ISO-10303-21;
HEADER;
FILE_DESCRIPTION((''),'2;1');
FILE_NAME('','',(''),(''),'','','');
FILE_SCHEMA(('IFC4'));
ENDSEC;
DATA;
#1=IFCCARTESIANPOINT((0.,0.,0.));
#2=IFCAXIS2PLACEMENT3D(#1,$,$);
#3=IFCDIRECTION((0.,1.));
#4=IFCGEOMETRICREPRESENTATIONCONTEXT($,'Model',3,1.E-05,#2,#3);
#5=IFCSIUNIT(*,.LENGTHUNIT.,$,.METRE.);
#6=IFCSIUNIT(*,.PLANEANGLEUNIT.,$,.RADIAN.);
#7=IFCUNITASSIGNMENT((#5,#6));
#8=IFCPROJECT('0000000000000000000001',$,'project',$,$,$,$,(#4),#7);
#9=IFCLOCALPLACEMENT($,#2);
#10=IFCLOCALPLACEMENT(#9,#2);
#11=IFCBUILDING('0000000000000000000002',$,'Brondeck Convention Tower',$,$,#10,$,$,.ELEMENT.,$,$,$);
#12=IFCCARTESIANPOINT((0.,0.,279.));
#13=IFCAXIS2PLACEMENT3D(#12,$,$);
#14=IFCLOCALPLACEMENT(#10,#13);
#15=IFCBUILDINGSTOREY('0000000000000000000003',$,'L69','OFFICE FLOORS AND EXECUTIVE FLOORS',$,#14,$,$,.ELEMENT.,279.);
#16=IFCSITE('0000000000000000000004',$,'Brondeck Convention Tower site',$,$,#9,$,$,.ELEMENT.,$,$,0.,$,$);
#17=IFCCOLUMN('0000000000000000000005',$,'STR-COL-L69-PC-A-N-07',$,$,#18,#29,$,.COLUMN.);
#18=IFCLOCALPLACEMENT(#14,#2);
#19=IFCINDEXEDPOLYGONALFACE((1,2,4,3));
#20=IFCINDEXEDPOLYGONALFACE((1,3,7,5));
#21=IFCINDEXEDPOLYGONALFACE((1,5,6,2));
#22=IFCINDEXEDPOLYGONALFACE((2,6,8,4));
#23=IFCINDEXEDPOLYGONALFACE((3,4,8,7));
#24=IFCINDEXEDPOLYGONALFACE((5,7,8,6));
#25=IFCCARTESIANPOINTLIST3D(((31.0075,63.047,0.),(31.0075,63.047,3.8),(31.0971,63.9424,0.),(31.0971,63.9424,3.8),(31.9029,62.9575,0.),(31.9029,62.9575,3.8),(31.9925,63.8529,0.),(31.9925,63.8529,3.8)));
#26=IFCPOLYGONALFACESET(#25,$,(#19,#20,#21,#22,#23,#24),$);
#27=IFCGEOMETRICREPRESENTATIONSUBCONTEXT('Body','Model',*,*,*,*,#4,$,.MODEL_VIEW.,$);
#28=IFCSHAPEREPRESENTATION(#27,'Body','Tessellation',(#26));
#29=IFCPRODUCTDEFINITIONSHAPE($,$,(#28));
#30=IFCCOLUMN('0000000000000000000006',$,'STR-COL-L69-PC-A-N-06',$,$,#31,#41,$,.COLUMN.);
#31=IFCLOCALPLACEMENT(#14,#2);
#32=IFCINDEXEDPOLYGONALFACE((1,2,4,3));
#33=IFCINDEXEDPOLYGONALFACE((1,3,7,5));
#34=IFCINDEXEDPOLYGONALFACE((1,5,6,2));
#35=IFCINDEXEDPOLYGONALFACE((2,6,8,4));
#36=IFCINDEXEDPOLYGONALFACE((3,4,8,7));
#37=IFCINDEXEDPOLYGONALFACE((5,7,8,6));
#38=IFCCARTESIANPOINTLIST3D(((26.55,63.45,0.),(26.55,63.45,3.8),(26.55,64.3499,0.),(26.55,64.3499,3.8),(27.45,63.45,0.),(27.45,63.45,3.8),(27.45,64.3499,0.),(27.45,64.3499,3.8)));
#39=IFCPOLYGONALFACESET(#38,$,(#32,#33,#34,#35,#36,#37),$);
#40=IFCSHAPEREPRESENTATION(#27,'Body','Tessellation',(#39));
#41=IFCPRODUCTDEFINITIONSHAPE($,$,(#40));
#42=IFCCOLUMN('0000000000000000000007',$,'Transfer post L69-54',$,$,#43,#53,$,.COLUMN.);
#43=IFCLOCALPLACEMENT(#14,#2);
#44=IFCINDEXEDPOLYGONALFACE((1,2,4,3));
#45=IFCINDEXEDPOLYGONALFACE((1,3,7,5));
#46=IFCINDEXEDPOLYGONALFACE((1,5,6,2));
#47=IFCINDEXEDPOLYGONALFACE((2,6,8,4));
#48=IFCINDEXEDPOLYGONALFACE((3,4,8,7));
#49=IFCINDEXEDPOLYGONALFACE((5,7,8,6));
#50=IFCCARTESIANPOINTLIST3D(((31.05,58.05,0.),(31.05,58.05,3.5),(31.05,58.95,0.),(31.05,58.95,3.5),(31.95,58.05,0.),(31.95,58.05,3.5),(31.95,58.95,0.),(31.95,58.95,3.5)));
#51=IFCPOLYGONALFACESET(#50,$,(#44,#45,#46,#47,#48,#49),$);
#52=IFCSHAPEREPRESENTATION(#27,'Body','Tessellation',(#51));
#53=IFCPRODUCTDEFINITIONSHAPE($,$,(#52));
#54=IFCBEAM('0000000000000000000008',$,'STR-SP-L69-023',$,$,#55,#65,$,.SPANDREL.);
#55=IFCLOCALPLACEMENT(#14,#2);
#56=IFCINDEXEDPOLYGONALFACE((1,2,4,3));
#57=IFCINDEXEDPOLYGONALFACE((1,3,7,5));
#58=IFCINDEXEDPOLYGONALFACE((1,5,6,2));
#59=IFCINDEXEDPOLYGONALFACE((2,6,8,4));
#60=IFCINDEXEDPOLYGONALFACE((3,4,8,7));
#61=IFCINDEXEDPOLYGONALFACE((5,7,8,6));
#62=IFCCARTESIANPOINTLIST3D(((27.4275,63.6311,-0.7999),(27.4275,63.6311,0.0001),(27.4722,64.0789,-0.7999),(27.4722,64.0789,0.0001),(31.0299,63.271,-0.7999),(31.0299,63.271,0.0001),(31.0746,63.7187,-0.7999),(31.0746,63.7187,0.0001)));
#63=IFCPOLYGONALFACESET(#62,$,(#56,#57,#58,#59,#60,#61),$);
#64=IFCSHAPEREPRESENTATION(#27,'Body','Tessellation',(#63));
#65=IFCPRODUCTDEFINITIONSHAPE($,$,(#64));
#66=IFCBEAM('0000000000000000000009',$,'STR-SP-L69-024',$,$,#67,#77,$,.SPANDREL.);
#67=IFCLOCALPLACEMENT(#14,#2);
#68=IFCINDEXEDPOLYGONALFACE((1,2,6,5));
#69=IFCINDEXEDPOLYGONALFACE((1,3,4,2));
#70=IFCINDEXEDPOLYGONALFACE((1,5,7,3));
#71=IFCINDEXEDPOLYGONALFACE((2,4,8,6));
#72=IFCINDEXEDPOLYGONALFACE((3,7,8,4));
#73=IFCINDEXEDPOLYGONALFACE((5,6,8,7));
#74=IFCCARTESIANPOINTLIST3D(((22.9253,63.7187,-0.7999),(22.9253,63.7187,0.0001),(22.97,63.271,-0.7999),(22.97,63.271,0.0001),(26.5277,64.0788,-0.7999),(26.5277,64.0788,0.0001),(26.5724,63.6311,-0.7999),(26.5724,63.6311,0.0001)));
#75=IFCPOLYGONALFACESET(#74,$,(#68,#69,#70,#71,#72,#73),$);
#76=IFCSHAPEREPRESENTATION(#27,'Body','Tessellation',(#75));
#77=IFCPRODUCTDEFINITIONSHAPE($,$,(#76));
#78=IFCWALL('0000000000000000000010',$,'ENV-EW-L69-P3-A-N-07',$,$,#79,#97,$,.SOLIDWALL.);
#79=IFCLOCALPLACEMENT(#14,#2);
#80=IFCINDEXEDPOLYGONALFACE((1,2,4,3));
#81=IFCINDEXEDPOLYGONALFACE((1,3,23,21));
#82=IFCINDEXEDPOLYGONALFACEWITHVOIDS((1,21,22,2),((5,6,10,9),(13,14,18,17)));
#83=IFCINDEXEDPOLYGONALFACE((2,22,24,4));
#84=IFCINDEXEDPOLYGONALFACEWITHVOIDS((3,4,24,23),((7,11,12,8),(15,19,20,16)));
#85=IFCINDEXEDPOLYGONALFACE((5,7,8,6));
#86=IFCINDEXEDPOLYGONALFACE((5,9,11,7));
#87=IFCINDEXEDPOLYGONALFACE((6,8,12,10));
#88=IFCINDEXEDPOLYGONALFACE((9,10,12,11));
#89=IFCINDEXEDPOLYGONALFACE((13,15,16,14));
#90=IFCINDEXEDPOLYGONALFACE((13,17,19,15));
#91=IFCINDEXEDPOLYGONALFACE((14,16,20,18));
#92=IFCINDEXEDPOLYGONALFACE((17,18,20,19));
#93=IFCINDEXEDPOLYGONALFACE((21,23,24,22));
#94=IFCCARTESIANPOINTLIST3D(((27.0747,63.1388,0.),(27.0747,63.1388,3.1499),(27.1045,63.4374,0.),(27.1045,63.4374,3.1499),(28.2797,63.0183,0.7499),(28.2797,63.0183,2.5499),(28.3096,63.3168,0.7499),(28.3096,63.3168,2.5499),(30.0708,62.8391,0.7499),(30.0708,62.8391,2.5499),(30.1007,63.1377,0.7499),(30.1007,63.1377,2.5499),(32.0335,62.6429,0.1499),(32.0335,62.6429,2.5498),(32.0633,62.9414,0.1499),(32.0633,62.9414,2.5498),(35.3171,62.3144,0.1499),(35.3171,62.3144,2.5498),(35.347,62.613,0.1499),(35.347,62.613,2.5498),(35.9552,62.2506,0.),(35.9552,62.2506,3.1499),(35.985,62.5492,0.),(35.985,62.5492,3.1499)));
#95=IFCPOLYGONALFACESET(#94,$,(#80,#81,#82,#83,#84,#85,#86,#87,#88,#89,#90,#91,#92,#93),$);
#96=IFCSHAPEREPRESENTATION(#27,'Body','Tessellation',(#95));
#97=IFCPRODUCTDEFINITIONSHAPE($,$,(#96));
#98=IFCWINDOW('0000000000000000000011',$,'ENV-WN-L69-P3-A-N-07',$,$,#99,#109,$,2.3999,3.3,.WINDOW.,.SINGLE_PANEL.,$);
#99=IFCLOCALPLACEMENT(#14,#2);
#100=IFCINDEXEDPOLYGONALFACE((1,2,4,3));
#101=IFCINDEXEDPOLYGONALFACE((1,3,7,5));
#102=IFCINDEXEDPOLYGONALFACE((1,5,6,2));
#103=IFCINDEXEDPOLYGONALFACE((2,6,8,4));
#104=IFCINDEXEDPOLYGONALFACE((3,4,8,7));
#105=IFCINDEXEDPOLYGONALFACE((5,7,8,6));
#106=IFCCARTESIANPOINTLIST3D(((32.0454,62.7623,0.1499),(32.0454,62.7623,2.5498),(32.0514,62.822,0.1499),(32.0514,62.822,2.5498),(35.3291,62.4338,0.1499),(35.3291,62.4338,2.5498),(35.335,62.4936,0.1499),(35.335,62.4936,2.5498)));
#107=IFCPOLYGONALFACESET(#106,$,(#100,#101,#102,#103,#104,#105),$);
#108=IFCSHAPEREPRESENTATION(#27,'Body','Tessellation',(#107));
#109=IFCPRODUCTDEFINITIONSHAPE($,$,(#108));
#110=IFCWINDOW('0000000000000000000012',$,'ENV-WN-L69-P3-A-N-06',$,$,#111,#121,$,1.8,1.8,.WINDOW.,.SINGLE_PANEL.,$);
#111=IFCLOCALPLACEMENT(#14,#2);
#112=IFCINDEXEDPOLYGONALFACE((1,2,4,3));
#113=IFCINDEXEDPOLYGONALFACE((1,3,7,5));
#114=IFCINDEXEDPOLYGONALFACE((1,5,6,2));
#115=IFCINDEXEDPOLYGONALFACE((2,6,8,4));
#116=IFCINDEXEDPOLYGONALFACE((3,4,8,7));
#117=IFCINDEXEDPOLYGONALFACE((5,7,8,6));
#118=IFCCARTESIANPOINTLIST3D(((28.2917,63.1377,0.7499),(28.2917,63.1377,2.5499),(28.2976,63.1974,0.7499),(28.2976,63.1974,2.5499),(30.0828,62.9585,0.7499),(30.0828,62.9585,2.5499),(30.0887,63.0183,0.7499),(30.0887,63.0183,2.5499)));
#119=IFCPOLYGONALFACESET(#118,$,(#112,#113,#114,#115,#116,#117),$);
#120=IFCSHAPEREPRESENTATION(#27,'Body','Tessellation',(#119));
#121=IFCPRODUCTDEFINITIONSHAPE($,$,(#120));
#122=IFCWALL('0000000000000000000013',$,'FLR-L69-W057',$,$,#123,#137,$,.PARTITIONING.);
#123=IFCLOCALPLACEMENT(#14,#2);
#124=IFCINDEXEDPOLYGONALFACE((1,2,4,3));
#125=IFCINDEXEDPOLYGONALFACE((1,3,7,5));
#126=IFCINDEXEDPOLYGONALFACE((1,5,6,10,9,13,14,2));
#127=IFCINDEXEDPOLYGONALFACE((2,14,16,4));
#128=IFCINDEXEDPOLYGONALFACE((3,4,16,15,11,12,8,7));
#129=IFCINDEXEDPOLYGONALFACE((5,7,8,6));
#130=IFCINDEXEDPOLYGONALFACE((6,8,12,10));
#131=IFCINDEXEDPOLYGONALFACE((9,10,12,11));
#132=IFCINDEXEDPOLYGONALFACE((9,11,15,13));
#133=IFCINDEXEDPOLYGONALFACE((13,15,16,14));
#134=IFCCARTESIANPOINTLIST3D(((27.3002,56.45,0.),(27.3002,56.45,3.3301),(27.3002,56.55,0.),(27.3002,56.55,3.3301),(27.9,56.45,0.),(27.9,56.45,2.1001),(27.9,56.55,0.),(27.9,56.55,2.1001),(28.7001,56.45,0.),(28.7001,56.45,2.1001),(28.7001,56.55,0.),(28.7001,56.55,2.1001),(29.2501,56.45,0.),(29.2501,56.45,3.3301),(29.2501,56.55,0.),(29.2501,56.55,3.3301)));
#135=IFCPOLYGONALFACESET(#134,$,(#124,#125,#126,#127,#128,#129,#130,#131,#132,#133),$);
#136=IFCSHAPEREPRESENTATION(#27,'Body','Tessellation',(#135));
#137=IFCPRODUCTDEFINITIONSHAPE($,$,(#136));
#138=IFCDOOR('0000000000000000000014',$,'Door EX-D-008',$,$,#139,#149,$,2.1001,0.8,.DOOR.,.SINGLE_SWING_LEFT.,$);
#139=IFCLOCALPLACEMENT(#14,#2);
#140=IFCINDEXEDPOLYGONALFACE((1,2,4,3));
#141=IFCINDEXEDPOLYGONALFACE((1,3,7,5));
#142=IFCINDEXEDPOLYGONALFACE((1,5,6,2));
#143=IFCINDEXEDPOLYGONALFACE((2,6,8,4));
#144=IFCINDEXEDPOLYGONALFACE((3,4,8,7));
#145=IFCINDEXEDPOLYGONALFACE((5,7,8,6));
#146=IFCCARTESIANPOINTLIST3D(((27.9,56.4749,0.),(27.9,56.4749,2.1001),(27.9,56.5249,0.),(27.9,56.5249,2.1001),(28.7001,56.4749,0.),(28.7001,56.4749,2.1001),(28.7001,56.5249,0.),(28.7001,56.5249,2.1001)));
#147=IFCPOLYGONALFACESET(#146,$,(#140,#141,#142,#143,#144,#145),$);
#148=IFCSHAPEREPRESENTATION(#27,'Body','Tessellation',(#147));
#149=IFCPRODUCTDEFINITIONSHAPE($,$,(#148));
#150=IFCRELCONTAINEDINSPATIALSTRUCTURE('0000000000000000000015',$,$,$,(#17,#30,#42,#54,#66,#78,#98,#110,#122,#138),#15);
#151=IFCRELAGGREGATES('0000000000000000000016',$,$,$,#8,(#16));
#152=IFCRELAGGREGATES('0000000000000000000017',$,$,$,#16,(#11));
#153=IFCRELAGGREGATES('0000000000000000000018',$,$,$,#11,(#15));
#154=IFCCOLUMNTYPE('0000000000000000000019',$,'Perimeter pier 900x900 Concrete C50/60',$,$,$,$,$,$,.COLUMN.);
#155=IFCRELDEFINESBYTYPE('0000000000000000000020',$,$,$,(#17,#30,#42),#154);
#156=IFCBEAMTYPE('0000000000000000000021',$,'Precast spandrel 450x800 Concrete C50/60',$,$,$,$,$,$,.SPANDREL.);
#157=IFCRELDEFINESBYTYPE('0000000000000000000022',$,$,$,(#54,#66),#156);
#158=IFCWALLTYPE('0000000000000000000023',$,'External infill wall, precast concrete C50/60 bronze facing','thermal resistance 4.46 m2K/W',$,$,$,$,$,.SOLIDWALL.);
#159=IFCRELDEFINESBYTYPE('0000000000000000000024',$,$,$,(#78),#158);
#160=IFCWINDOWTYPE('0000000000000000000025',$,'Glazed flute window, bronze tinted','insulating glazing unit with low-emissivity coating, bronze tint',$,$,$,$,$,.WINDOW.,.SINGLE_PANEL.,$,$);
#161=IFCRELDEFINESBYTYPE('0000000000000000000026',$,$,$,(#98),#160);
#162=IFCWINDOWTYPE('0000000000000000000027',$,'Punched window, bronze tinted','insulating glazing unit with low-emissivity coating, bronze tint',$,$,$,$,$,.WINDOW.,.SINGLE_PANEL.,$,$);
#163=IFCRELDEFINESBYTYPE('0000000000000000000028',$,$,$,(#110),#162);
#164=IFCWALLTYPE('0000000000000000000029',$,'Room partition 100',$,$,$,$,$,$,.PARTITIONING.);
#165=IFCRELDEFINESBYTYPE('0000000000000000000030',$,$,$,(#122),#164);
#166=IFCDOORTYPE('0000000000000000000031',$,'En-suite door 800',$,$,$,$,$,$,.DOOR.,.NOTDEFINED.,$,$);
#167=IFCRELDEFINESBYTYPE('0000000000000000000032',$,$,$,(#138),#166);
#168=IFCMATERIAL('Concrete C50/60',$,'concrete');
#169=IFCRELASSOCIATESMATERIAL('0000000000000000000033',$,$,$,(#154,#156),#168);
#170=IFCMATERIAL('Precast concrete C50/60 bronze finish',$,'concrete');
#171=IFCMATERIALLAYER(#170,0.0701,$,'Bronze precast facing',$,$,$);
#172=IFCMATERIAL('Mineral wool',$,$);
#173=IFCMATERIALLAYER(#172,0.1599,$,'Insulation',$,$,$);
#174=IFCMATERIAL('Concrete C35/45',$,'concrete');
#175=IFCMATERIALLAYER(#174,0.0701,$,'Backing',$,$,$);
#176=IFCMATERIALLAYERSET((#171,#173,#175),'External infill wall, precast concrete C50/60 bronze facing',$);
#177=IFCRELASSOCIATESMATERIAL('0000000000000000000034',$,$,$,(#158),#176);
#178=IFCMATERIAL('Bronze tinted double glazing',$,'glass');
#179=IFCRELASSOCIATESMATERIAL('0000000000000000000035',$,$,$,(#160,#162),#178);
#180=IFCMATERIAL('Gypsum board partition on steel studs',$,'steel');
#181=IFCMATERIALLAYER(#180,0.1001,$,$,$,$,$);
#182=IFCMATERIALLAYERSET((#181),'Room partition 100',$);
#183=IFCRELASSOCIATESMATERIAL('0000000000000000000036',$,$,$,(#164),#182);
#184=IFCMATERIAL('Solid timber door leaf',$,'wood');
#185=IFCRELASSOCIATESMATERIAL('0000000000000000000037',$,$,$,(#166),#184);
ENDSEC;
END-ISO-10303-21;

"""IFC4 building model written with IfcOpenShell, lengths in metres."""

from ifc_helpers import new_model, si_unit, direction, frame, frame_2d, origin, origin_2d, place, context, subcontext, project, spatial, rectangle, extrude, material, layer, layer_set, material_profile, profile_set, type_object, element, fill, save


model = new_model("IFC4")

# Units and contexts
model_context = context("Model", 3, precision=1e-05, world=origin(), true_north=direction((0.0, 1.0)))
body_context = subcontext(model_context, "Body", "Model", "MODEL_VIEW")
ifc_project = project(units=[si_unit("LENGTHUNIT", "METRE"), si_unit("PLANEANGLEUNIT", "RADIAN")], contexts=[model_context])

# Site, building, storey
site_placement = place(None, origin())
site = spatial("IfcSite", under=ifc_project, at=site_placement, Name="Brondeck Convention Tower site", CompositionType="ELEMENT", RefElevation=0.0)
building_placement = place(site_placement, origin())
building = spatial("IfcBuilding", under=site, at=building_placement, Name="Brondeck Convention Tower", CompositionType="ELEMENT")
storey_placement = place(building_placement, frame((0.0, 0.0, 279.0)))
storey = spatial("IfcBuildingStorey", under=building, at=storey_placement, Name="L69", Description="OFFICE FLOORS AND EXECUTIVE FLOORS", CompositionType="ELEMENT", Elevation=279.0)

# Columns
ifc_material_1 = material(Name="Concrete C50/60", Category="concrete")
ifc_material_profile_1 = material_profile(ifc_material_1, rectangle(XDim=0.8999, YDim=0.8999, at=origin_2d()), Name="Perimeter pier 900x900 Concrete C50/60")
ifc_profile_set_1 = profile_set([ifc_material_profile_1], Name="Concrete C50/60")
column_type = type_object("IfcColumnType", Name="Perimeter pier 900x900 Concrete C50/60", PredefinedType="COLUMN", material=ifc_profile_set_1)
for number, where, z_axis, x_axis, name in (
    (1, (31.5, 63.45, 0.0), (0.0, 0.0, 1.0), (-0.995037, 0.099504, 0.0), "STR-COL-L69-PC-A-N-07"),
    (2, (27.0, 63.8999, 0.0), (0.0, 0.0, 1.0), (-1.0, 0.0, 0.0), "STR-COL-L69-PC-A-N-06"),
):
    element("IfcColumn", number, at=place(storey_placement, frame(where, z_axis=z_axis, x_axis=x_axis)), inside=storey, type_object=column_type, Name=name, PredefinedType="COLUMN", context=body_context, shape_type="SweptSolid", body=[
        extrude(rectangle(XDim=0.8999, YDim=0.8999, at=origin_2d()), origin(), (0.0, 0.0, 1.0), 3.8),
    ])
column_placement = place(storey_placement, frame((31.5, 58.5, 0.0), z_axis=(0.0, 0.0, 1.0), x_axis=(1.0, 0.0, 0.0)))
element("IfcColumn", 3, at=column_placement, inside=storey, type_object=column_type, Name="Transfer post L69-54", PredefinedType="COLUMN", context=body_context, shape_type="SweptSolid", body=[
    extrude(rectangle(XDim=0.8999, YDim=0.8999, at=origin_2d()), origin(), (0.0, 0.0, 1.0), 3.5),
])

# Beams
ifc_material_profile_2 = material_profile(ifc_material_1, rectangle(XDim=0.45, YDim=0.8, at=origin_2d()), Name="Precast spandrel 450x800 Concrete C50/60")
ifc_profile_set_2 = profile_set([ifc_material_profile_2], Name="Concrete C50/60")
beam_type = type_object("IfcBeamType", Name="Precast spandrel 450x800 Concrete C50/60", PredefinedType="SPANDREL", material=ifc_profile_set_2)
for number, where, z_axis, x_axis, name in (
    (4, (31.0522, 63.4949, -0.3999), (-0.995041, 0.09947, 0.0), (-0.09947, -0.995041, 0.0), "STR-SP-L69-023"),
    (5, (26.55, 63.855, -0.3999), (-0.995041, -0.09947, 0.0), (0.09947, -0.995041, 0.0), "STR-SP-L69-024"),
):
    element("IfcBeam", number, at=place(storey_placement, frame(where, z_axis=z_axis, x_axis=x_axis)), inside=storey, type_object=beam_type, Name=name, PredefinedType="SPANDREL", context=body_context, shape_type="SweptSolid", body=[
        extrude(rectangle(XDim=0.45, YDim=0.8, at=origin_2d()), origin(), (0.0, 0.0, 1.0), 3.6204),
    ])

# Wall, openings, windows
ifc_material_2 = material(Name="Precast concrete C50/60 bronze finish", Category="concrete")
ifc_layer_1 = layer(ifc_material_2, 0.0701, Name="Bronze precast facing")
ifc_material_3 = material(Name="Mineral wool")
ifc_layer_2 = layer(ifc_material_3, 0.1599, Name="Insulation")
ifc_material_4 = material(Name="Concrete C35/45", Category="concrete")
ifc_layer_3 = layer(ifc_material_4, 0.0701, Name="Backing")
ifc_layer_set_1 = layer_set([ifc_layer_1, ifc_layer_2, ifc_layer_3], Name="External infill wall, precast concrete C50/60 bronze facing")
wall_type_1 = type_object("IfcWallType", Name="External infill wall, precast concrete C50/60 bronze facing", Description="thermal resistance 4.46 m2K/W", PredefinedType="SOLIDWALL", material=ifc_layer_set_1)
wall_1_placement = place(storey_placement, frame((27.0896, 63.2881, 0.0), z_axis=(0.0, 0.0, 1.0), x_axis=(0.995036, -0.099517, 0.0)))
wall_1 = element("IfcWall", 6, at=wall_1_placement, inside=storey, type_object=wall_type_1, Name="ENV-EW-L69-P3-A-N-07", PredefinedType="SOLIDWALL", context=body_context, shape_type="SweptSolid", body=[
    extrude(rectangle(XDim=8.9248, YDim=0.3, at=frame_2d((4.4624, 0.0))), origin(), (0.0, 0.0, 1.0), 3.1499),
])
opening_1_placement = place(wall_1_placement, frame((1.2112, 0.0, 0.75)))
opening_1 = element("IfcOpeningElement", 7, at=opening_1_placement, cuts=wall_1, PredefinedType="OPENING", context=body_context, shape_type="SweptSolid", body=[
    extrude(rectangle(XDim=1.8, YDim=1.8, at=frame_2d((0.8999, 0.8999))), frame((0.0, 0.1599, 0.0), z_axis=(0.0, -1.0, 0.0), x_axis=(1.0, 0.0, 0.0)), (0.0, 0.0, 1.0), 0.3201),
])
opening_2_placement = place(wall_1_placement, frame((4.9836, 0.0, 0.1499)))
opening_2 = element("IfcOpeningElement", 8, at=opening_2_placement, cuts=wall_1, PredefinedType="OPENING", context=body_context, shape_type="SweptSolid", body=[
    extrude(rectangle(XDim=3.3, YDim=2.3999, at=frame_2d((1.6499, 1.2))), frame((0.0, 0.1599, 0.0), z_axis=(0.0, -1.0, 0.0), x_axis=(1.0, 0.0, 0.0)), (0.0, 0.0, 1.0), 0.3201),
])
ifc_material_5 = material(Name="Bronze tinted double glazing", Category="glass")
window_type_1 = type_object("IfcWindowType", Name="Glazed flute window, bronze tinted", Description="insulating glazing unit with low-emissivity coating, bronze tint", PartitioningType="SINGLE_PANEL", PredefinedType="WINDOW", material=ifc_material_5)
window_1_placement = place(opening_2_placement, origin())
window_1 = element("IfcWindow", 9, at=window_1_placement, inside=storey, type_object=window_type_1, Name="ENV-WN-L69-P3-A-N-07", OverallHeight=2.3999, OverallWidth=3.3, PartitioningType="SINGLE_PANEL", PredefinedType="WINDOW", context=body_context, shape_type="SweptSolid", body=[
    extrude(rectangle(XDim=3.3, YDim=2.3999, at=frame_2d((1.6499, 1.2))), frame((0.0, 0.03, 0.0), z_axis=(0.0, -1.0, 0.0), x_axis=(1.0, 0.0, 0.0)), (0.0, 0.0, 1.0), 0.0601),
])
fill(opening_2, window_1)
window_type_2 = type_object("IfcWindowType", Name="Punched window, bronze tinted", Description="insulating glazing unit with low-emissivity coating, bronze tint", PartitioningType="SINGLE_PANEL", PredefinedType="WINDOW", material=ifc_material_5)
window_2_placement = place(opening_1_placement, origin())
window_2 = element("IfcWindow", 10, at=window_2_placement, inside=storey, type_object=window_type_2, Name="ENV-WN-L69-P3-A-N-06", OverallHeight=1.8, OverallWidth=1.8, PartitioningType="SINGLE_PANEL", PredefinedType="WINDOW", context=body_context, shape_type="SweptSolid", body=[
    extrude(rectangle(XDim=1.8, YDim=1.8, at=frame_2d((0.8999, 0.8999))), frame((0.0, 0.03, 0.0), z_axis=(0.0, -1.0, 0.0), x_axis=(1.0, 0.0, 0.0)), (0.0, 0.0, 1.0), 0.0601),
])
fill(opening_1, window_2)

# Wall, opening, door
ifc_material_6 = material(Name="Gypsum board partition on steel studs", Category="steel")
ifc_layer_4 = layer(ifc_material_6, 0.1001)
ifc_layer_set_2 = layer_set([ifc_layer_4], Name="Room partition 100")
wall_type_2 = type_object("IfcWallType", Name="Room partition 100", PredefinedType="PARTITIONING", material=ifc_layer_set_2)
wall_2_placement = place(storey_placement, frame((27.3, 56.5, 0.0), z_axis=(0.0, 0.0, 1.0), x_axis=(1.0, 0.0, 0.0)))
wall_2 = element("IfcWall", 11, at=wall_2_placement, inside=storey, type_object=wall_type_2, Name="FLR-L69-W057", PredefinedType="PARTITIONING", context=body_context, shape_type="SweptSolid", body=[
    extrude(rectangle(XDim=1.95, YDim=0.1001, at=frame_2d((0.9751, 0.0))), origin(), (0.0, 0.0, 1.0), 3.3301),
])
opening_3_placement = place(wall_2_placement, frame((0.6001, 0.0, 0.0)))
opening_3 = element("IfcOpeningElement", 12, at=opening_3_placement, cuts=wall_2, PredefinedType="OPENING", context=body_context, shape_type="SweptSolid", body=[
    extrude(rectangle(XDim=0.8, YDim=2.1001, at=frame_2d((0.3999, 1.05))), frame((0.0, 0.0601, 0.0), z_axis=(0.0, -1.0, 0.0), x_axis=(1.0, 0.0, 0.0)), (0.0, 0.0, 1.0), 0.1201),
])
ifc_material_7 = material(Name="Solid timber door leaf", Category="wood")
door_type_1 = type_object("IfcDoorType", Name="En-suite door 800", OperationType="NOTDEFINED", PredefinedType="DOOR", material=ifc_material_7)
door_1_placement = place(opening_3_placement, origin())
door_1 = element("IfcDoor", 13, at=door_1_placement, inside=storey, type_object=door_type_1, Name="Door EX-D-008", OperationType="SINGLE_SWING_LEFT", OverallHeight=2.1001, OverallWidth=0.8, PredefinedType="DOOR", context=body_context, shape_type="SweptSolid", body=[
    extrude(rectangle(XDim=0.8, YDim=2.1001, at=frame_2d((0.3999, 1.05))), frame((0.0, 0.0249, 0.0), z_axis=(0.0, -1.0, 0.0), x_axis=(1.0, 0.0, 0.0)), (0.0, 0.0, 1.0), 0.05),
])
fill(opening_3, door_1)

save(model, "model.ifc")
